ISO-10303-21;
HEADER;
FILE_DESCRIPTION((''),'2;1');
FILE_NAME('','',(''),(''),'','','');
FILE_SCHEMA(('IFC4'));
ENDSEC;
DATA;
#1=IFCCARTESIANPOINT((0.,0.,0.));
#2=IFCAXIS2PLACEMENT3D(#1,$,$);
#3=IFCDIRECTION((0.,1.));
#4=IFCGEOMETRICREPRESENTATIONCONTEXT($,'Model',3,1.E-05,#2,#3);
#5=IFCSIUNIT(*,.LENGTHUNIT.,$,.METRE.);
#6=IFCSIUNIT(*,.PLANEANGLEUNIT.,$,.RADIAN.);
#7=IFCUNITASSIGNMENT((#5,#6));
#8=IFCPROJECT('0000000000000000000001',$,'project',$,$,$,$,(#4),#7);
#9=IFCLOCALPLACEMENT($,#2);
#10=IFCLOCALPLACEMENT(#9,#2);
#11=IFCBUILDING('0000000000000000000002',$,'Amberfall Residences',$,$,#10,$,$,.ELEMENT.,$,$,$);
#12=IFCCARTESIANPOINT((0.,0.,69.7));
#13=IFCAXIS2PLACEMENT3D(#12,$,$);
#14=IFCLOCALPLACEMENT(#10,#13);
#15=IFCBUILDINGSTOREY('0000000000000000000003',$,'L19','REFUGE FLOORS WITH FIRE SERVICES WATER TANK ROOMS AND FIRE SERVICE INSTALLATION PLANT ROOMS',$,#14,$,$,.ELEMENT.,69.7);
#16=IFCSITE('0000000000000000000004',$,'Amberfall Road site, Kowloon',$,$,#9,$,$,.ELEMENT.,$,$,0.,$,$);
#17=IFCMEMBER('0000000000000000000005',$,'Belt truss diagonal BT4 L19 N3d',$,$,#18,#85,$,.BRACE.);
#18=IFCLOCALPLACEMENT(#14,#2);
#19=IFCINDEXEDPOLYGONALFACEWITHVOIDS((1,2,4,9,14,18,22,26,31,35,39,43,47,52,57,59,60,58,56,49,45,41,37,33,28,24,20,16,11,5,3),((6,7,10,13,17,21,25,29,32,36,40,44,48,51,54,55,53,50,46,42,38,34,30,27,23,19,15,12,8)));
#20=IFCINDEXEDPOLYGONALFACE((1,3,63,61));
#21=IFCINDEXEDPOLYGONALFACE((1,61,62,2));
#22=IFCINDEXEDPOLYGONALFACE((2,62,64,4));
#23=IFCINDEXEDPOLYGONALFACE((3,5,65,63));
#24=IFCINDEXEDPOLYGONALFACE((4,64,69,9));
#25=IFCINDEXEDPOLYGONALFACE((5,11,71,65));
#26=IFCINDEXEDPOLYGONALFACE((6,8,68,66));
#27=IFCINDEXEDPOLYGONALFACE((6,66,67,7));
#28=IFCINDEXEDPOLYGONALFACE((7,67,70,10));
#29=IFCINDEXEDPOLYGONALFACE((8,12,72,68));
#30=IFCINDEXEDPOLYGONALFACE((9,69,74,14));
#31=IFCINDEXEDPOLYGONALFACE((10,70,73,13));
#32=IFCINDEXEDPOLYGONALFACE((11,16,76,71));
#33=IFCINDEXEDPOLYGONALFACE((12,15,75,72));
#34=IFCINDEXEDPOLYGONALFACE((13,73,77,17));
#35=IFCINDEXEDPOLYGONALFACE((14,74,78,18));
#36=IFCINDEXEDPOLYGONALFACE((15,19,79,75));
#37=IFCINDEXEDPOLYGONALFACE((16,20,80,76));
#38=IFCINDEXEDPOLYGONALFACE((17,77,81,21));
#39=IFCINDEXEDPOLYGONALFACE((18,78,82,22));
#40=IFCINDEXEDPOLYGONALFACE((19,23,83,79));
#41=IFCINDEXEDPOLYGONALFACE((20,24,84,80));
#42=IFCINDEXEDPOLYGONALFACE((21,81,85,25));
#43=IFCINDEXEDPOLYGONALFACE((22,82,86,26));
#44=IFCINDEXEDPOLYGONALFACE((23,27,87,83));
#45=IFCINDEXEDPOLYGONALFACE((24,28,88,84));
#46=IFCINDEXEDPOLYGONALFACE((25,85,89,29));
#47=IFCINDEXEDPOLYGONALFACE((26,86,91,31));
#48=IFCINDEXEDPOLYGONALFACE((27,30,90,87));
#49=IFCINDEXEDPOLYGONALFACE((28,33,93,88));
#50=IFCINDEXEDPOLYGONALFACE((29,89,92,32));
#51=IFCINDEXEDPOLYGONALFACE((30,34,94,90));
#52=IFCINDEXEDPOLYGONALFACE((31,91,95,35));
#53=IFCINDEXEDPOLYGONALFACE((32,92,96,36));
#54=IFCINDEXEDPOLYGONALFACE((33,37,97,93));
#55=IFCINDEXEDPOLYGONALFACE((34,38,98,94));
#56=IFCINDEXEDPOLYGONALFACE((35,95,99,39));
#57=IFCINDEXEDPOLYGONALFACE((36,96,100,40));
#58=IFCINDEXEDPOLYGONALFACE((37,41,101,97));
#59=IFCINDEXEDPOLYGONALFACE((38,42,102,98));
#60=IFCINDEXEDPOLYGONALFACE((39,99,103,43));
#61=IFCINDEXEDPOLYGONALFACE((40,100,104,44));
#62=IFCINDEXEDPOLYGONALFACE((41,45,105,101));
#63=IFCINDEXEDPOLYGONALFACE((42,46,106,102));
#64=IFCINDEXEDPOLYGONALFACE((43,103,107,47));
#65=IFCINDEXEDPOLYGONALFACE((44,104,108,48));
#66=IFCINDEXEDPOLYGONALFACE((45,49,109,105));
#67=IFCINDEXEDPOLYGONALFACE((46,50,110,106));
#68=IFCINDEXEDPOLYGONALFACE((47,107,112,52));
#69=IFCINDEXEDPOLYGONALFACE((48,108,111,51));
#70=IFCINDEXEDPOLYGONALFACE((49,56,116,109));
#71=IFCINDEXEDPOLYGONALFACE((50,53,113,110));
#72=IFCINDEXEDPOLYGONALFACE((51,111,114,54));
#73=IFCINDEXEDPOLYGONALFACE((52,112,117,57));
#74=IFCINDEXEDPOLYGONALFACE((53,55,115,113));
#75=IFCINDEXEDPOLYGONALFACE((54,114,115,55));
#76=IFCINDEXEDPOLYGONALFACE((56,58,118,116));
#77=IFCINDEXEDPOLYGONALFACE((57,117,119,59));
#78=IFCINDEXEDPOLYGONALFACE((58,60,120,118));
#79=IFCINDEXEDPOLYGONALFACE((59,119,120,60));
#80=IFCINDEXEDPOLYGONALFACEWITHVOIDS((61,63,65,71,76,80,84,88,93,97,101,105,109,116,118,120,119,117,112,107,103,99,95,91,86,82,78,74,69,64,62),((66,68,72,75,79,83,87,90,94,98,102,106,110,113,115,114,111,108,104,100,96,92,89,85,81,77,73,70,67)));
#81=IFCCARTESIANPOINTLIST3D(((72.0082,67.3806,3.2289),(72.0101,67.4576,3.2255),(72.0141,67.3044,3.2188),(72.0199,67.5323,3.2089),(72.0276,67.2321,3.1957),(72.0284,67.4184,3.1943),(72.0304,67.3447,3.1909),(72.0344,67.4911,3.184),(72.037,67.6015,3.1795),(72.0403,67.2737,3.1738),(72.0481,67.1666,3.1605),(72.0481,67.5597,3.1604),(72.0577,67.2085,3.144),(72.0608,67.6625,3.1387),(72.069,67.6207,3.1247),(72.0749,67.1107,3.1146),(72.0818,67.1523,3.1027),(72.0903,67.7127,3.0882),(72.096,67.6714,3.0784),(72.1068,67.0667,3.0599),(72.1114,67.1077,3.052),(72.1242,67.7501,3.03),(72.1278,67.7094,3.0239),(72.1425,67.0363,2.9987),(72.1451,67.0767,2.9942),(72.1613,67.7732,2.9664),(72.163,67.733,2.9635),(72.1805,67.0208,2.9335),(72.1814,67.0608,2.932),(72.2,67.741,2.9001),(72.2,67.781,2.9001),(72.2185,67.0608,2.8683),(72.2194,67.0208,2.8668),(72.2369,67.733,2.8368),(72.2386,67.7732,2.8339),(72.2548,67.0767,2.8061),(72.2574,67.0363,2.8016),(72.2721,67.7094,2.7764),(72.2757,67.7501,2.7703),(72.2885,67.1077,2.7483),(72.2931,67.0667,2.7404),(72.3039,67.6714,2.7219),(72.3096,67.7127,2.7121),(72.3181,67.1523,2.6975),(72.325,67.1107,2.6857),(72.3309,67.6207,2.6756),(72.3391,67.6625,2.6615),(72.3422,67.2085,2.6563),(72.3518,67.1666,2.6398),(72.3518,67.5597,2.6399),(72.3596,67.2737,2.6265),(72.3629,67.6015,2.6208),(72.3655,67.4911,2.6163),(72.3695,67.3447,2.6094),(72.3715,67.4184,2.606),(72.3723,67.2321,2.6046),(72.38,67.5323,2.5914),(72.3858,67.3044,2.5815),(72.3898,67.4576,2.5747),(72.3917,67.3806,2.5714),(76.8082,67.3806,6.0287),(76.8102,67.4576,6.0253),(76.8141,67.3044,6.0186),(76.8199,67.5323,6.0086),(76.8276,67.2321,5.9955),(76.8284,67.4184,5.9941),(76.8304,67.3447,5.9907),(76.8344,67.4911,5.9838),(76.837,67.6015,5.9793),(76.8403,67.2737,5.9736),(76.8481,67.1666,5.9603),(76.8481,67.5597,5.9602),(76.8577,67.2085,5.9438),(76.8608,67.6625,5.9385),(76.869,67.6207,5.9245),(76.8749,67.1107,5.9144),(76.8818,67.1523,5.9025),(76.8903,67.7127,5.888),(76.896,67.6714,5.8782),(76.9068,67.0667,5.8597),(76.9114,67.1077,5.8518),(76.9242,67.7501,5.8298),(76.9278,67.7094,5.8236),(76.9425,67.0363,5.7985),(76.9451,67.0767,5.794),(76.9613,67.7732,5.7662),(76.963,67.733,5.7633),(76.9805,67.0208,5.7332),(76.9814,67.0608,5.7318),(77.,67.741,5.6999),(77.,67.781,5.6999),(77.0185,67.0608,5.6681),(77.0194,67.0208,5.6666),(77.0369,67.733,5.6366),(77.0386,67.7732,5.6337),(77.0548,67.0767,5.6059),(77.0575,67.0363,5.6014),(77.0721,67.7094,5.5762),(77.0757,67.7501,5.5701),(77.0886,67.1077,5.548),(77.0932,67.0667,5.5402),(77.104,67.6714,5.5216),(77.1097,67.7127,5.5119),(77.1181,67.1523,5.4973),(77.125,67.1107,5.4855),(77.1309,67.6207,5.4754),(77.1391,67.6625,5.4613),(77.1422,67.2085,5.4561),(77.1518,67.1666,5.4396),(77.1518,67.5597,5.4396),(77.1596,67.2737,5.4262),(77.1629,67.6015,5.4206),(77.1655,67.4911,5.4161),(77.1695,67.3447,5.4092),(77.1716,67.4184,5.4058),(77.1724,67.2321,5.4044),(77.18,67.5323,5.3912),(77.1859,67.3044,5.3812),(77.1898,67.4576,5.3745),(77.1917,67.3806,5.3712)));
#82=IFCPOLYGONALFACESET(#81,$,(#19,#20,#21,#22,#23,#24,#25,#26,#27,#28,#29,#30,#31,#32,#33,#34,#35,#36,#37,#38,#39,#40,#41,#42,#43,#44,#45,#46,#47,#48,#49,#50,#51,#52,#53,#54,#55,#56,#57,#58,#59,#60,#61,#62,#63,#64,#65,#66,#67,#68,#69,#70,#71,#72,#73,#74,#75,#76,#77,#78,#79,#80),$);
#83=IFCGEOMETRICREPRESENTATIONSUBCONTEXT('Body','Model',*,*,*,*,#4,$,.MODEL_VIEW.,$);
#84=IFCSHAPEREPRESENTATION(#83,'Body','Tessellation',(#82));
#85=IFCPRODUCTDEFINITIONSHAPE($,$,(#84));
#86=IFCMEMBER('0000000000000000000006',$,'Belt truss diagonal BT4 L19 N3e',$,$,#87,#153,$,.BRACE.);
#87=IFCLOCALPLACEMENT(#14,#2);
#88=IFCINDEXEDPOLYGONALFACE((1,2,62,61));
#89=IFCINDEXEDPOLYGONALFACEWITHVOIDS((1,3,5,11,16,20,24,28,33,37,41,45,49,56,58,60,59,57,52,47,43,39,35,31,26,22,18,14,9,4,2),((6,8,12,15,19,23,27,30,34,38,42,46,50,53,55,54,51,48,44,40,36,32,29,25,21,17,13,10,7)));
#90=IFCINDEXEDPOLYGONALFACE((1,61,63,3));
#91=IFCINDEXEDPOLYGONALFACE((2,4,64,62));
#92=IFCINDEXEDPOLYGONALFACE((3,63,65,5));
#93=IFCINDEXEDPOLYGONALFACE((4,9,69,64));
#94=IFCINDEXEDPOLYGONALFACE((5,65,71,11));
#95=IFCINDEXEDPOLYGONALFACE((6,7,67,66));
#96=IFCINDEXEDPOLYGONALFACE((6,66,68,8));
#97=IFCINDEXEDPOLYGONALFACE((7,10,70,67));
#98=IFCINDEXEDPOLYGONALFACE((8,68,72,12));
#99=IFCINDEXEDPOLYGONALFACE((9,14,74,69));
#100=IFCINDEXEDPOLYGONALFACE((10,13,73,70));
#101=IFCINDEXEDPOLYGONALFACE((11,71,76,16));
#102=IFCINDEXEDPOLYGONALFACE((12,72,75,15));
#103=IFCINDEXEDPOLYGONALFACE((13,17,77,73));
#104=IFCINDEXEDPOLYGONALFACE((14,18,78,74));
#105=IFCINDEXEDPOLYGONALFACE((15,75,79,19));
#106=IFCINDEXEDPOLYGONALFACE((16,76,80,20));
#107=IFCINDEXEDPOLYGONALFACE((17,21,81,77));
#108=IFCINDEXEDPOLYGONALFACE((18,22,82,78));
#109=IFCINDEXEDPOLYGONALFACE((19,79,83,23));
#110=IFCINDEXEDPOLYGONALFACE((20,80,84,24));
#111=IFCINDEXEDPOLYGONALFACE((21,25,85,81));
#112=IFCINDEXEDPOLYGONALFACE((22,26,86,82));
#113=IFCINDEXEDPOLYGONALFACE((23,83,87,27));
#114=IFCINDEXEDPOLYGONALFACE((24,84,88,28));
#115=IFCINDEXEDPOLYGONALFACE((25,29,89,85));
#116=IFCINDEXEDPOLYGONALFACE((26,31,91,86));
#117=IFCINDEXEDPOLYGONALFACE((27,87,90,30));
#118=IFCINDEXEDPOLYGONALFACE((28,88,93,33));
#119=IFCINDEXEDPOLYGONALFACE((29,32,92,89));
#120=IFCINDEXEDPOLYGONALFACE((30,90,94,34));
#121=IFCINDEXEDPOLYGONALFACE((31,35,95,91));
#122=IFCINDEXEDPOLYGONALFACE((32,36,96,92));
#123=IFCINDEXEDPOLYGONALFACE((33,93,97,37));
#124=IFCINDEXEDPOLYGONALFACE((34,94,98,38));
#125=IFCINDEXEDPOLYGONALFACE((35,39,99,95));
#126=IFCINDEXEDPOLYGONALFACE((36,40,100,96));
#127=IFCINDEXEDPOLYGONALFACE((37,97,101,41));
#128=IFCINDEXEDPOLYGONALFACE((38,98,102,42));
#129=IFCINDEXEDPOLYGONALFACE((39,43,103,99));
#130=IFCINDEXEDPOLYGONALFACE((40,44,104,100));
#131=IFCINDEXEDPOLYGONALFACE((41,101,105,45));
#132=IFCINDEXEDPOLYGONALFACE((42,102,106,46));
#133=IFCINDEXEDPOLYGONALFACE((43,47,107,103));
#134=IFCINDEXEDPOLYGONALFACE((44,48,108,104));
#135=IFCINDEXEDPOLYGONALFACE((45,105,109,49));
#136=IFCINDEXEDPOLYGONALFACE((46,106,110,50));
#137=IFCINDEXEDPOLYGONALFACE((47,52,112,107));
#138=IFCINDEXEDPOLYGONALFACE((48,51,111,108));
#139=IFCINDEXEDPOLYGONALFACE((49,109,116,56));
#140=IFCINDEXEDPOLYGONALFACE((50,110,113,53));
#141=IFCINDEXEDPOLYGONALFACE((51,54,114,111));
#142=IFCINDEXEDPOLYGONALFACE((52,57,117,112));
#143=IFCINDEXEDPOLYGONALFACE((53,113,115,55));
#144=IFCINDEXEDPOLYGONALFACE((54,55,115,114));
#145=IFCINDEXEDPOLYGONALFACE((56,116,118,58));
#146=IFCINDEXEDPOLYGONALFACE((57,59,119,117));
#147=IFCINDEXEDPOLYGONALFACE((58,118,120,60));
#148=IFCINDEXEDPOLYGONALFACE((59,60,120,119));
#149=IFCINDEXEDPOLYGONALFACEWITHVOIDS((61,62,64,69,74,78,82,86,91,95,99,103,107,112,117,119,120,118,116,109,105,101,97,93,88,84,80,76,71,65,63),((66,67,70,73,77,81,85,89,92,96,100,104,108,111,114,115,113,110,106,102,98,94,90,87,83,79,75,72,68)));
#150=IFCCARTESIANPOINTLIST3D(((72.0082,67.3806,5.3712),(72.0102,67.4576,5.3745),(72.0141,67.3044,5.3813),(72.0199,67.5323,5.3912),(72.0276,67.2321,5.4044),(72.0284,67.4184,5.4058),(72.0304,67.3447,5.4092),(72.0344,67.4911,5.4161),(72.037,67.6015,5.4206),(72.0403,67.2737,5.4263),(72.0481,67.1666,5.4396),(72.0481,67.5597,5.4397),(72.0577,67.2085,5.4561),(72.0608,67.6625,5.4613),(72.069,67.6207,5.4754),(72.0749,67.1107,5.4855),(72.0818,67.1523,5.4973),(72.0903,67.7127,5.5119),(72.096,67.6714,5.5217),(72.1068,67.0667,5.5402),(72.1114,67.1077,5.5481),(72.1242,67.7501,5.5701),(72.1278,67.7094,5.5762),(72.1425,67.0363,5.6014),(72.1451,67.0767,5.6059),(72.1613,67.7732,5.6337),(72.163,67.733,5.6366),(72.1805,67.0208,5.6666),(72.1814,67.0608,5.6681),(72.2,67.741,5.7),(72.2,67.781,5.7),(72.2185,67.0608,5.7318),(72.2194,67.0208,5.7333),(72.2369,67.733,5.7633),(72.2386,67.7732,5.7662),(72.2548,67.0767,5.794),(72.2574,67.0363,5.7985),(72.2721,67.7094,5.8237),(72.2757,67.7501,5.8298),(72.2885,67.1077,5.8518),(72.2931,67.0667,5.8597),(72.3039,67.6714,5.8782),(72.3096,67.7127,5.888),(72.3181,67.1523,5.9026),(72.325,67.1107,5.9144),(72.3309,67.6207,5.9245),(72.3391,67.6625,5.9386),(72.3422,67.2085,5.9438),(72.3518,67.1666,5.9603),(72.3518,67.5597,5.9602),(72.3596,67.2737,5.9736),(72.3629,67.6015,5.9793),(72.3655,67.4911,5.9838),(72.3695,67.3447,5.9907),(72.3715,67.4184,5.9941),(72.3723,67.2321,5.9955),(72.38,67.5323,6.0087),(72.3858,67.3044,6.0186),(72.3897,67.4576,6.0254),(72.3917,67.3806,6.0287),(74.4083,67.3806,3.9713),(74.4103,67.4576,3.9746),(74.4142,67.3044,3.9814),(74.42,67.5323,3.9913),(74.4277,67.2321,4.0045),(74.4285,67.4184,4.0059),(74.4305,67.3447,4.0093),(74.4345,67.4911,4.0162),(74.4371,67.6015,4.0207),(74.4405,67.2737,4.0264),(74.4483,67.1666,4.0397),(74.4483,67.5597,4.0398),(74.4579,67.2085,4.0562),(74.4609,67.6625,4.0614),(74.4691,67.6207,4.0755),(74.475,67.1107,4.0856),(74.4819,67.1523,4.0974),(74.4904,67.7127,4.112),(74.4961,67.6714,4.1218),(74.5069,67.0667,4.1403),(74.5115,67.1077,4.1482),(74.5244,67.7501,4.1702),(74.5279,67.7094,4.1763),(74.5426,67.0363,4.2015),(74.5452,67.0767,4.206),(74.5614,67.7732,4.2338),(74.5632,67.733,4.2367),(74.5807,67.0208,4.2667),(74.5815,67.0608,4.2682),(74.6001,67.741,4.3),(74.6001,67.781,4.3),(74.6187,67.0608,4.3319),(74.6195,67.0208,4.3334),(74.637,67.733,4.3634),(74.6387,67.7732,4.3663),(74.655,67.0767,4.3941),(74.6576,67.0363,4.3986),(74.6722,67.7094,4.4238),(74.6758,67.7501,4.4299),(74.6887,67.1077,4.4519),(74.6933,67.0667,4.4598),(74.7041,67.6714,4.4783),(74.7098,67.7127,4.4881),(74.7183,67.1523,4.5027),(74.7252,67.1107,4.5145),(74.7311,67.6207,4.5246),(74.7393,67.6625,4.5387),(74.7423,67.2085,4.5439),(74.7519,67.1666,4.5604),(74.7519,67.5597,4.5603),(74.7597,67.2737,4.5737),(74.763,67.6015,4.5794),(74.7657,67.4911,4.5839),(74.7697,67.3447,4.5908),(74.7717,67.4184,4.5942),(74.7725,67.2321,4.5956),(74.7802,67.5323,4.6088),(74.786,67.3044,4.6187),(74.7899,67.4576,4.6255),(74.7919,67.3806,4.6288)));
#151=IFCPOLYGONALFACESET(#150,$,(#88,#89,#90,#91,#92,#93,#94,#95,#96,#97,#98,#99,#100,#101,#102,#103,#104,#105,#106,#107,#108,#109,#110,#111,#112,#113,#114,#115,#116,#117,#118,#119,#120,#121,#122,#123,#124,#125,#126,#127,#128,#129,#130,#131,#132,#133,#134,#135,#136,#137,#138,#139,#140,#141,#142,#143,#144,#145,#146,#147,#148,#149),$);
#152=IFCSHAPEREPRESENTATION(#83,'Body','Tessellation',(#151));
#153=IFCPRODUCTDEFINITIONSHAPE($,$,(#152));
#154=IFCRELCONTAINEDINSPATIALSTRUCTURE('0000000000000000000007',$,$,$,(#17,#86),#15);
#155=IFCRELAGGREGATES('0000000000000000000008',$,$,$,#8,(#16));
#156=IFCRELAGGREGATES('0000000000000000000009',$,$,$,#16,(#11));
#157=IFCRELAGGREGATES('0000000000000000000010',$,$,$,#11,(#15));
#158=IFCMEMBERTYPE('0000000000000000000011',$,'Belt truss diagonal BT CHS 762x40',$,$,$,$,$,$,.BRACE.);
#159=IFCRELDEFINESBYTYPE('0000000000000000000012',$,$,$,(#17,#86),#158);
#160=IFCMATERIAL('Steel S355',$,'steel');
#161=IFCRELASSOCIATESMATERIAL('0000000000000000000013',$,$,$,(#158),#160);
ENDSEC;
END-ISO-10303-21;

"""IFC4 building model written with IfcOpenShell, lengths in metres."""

from ifc_helpers import new_model, si_unit, direction, frame, origin, origin_2d, place, context, subcontext, project, spatial, hollow_circle, extrude, material, material_profile, profile_set, type_object, element, save


model = new_model("IFC4")

# Units and contexts
model_context = context("Model", 3, precision=1e-05, world=origin(), true_north=direction((0.0, 1.0)))
body_context = subcontext(model_context, "Body", "Model", "MODEL_VIEW")
ifc_project = project(units=[si_unit("LENGTHUNIT", "METRE"), si_unit("PLANEANGLEUNIT", "RADIAN")], contexts=[model_context])

# Site, building, storey
site_placement = place(None, origin())
site = spatial("IfcSite", under=ifc_project, at=site_placement, Name="Amberfall Road site, Kowloon", CompositionType="ELEMENT", RefElevation=0.0)
building_placement = place(site_placement, origin())
building = spatial("IfcBuilding", under=site, at=building_placement, Name="Amberfall Residences", CompositionType="ELEMENT")
storey_placement = place(building_placement, frame((0.0, 0.0, 69.7)))
storey = spatial("IfcBuildingStorey", under=building, at=storey_placement, Name="L19", Description="REFUGE FLOORS WITH FIRE SERVICES WATER TANK ROOMS AND FIRE SERVICE INSTALLATION PLANT ROOMS", CompositionType="ELEMENT", Elevation=69.7)

# Shared definitions
ifc_material_1 = material(Name="Steel S355", Category="steel")

# Members
ifc_material_profile_1 = material_profile(ifc_material_1, hollow_circle(Radius=0.3811, WallThickness=0.04, at=origin_2d()), Name="CHS 762x40")
ifc_profile_set_1 = profile_set([ifc_material_profile_1], Name="Steel S355")
member_type = type_object("IfcMemberType", Name="Belt truss diagonal BT CHS 762x40", PredefinedType="BRACE", material=ifc_profile_set_1)
member_1_placement = place(storey_placement, frame((72.2, 67.3999, 2.9001), z_axis=(0.863796, 0.0, 0.503841), x_axis=(0.0, 1.0, 0.0)))
element("IfcMember", 1, at=member_1_placement, inside=storey, type_object=member_type, Name="Belt truss diagonal BT4 L19 N3d", PredefinedType="BRACE", context=body_context, shape_type="SweptSolid", body=[
    extrude(hollow_circle(Radius=0.3811, WallThickness=0.04, at=origin_2d()), origin(), (0.0, 0.0, 1.0), 5.5569),
])
member_2_placement = place(storey_placement, frame((72.2, 67.3999, 5.7), z_axis=(0.863808, 0.0, -0.503822), x_axis=(0.0, 1.0, 0.0)))
element("IfcMember", 2, at=member_2_placement, inside=storey, type_object=member_type, Name="Belt truss diagonal BT4 L19 N3e", PredefinedType="BRACE", context=body_context, shape_type="SweptSolid", body=[
    extrude(hollow_circle(Radius=0.3811, WallThickness=0.04, at=origin_2d()), origin(), (0.0, 0.0, 1.0), 2.7786),
])

save(model, "model.ifc")
